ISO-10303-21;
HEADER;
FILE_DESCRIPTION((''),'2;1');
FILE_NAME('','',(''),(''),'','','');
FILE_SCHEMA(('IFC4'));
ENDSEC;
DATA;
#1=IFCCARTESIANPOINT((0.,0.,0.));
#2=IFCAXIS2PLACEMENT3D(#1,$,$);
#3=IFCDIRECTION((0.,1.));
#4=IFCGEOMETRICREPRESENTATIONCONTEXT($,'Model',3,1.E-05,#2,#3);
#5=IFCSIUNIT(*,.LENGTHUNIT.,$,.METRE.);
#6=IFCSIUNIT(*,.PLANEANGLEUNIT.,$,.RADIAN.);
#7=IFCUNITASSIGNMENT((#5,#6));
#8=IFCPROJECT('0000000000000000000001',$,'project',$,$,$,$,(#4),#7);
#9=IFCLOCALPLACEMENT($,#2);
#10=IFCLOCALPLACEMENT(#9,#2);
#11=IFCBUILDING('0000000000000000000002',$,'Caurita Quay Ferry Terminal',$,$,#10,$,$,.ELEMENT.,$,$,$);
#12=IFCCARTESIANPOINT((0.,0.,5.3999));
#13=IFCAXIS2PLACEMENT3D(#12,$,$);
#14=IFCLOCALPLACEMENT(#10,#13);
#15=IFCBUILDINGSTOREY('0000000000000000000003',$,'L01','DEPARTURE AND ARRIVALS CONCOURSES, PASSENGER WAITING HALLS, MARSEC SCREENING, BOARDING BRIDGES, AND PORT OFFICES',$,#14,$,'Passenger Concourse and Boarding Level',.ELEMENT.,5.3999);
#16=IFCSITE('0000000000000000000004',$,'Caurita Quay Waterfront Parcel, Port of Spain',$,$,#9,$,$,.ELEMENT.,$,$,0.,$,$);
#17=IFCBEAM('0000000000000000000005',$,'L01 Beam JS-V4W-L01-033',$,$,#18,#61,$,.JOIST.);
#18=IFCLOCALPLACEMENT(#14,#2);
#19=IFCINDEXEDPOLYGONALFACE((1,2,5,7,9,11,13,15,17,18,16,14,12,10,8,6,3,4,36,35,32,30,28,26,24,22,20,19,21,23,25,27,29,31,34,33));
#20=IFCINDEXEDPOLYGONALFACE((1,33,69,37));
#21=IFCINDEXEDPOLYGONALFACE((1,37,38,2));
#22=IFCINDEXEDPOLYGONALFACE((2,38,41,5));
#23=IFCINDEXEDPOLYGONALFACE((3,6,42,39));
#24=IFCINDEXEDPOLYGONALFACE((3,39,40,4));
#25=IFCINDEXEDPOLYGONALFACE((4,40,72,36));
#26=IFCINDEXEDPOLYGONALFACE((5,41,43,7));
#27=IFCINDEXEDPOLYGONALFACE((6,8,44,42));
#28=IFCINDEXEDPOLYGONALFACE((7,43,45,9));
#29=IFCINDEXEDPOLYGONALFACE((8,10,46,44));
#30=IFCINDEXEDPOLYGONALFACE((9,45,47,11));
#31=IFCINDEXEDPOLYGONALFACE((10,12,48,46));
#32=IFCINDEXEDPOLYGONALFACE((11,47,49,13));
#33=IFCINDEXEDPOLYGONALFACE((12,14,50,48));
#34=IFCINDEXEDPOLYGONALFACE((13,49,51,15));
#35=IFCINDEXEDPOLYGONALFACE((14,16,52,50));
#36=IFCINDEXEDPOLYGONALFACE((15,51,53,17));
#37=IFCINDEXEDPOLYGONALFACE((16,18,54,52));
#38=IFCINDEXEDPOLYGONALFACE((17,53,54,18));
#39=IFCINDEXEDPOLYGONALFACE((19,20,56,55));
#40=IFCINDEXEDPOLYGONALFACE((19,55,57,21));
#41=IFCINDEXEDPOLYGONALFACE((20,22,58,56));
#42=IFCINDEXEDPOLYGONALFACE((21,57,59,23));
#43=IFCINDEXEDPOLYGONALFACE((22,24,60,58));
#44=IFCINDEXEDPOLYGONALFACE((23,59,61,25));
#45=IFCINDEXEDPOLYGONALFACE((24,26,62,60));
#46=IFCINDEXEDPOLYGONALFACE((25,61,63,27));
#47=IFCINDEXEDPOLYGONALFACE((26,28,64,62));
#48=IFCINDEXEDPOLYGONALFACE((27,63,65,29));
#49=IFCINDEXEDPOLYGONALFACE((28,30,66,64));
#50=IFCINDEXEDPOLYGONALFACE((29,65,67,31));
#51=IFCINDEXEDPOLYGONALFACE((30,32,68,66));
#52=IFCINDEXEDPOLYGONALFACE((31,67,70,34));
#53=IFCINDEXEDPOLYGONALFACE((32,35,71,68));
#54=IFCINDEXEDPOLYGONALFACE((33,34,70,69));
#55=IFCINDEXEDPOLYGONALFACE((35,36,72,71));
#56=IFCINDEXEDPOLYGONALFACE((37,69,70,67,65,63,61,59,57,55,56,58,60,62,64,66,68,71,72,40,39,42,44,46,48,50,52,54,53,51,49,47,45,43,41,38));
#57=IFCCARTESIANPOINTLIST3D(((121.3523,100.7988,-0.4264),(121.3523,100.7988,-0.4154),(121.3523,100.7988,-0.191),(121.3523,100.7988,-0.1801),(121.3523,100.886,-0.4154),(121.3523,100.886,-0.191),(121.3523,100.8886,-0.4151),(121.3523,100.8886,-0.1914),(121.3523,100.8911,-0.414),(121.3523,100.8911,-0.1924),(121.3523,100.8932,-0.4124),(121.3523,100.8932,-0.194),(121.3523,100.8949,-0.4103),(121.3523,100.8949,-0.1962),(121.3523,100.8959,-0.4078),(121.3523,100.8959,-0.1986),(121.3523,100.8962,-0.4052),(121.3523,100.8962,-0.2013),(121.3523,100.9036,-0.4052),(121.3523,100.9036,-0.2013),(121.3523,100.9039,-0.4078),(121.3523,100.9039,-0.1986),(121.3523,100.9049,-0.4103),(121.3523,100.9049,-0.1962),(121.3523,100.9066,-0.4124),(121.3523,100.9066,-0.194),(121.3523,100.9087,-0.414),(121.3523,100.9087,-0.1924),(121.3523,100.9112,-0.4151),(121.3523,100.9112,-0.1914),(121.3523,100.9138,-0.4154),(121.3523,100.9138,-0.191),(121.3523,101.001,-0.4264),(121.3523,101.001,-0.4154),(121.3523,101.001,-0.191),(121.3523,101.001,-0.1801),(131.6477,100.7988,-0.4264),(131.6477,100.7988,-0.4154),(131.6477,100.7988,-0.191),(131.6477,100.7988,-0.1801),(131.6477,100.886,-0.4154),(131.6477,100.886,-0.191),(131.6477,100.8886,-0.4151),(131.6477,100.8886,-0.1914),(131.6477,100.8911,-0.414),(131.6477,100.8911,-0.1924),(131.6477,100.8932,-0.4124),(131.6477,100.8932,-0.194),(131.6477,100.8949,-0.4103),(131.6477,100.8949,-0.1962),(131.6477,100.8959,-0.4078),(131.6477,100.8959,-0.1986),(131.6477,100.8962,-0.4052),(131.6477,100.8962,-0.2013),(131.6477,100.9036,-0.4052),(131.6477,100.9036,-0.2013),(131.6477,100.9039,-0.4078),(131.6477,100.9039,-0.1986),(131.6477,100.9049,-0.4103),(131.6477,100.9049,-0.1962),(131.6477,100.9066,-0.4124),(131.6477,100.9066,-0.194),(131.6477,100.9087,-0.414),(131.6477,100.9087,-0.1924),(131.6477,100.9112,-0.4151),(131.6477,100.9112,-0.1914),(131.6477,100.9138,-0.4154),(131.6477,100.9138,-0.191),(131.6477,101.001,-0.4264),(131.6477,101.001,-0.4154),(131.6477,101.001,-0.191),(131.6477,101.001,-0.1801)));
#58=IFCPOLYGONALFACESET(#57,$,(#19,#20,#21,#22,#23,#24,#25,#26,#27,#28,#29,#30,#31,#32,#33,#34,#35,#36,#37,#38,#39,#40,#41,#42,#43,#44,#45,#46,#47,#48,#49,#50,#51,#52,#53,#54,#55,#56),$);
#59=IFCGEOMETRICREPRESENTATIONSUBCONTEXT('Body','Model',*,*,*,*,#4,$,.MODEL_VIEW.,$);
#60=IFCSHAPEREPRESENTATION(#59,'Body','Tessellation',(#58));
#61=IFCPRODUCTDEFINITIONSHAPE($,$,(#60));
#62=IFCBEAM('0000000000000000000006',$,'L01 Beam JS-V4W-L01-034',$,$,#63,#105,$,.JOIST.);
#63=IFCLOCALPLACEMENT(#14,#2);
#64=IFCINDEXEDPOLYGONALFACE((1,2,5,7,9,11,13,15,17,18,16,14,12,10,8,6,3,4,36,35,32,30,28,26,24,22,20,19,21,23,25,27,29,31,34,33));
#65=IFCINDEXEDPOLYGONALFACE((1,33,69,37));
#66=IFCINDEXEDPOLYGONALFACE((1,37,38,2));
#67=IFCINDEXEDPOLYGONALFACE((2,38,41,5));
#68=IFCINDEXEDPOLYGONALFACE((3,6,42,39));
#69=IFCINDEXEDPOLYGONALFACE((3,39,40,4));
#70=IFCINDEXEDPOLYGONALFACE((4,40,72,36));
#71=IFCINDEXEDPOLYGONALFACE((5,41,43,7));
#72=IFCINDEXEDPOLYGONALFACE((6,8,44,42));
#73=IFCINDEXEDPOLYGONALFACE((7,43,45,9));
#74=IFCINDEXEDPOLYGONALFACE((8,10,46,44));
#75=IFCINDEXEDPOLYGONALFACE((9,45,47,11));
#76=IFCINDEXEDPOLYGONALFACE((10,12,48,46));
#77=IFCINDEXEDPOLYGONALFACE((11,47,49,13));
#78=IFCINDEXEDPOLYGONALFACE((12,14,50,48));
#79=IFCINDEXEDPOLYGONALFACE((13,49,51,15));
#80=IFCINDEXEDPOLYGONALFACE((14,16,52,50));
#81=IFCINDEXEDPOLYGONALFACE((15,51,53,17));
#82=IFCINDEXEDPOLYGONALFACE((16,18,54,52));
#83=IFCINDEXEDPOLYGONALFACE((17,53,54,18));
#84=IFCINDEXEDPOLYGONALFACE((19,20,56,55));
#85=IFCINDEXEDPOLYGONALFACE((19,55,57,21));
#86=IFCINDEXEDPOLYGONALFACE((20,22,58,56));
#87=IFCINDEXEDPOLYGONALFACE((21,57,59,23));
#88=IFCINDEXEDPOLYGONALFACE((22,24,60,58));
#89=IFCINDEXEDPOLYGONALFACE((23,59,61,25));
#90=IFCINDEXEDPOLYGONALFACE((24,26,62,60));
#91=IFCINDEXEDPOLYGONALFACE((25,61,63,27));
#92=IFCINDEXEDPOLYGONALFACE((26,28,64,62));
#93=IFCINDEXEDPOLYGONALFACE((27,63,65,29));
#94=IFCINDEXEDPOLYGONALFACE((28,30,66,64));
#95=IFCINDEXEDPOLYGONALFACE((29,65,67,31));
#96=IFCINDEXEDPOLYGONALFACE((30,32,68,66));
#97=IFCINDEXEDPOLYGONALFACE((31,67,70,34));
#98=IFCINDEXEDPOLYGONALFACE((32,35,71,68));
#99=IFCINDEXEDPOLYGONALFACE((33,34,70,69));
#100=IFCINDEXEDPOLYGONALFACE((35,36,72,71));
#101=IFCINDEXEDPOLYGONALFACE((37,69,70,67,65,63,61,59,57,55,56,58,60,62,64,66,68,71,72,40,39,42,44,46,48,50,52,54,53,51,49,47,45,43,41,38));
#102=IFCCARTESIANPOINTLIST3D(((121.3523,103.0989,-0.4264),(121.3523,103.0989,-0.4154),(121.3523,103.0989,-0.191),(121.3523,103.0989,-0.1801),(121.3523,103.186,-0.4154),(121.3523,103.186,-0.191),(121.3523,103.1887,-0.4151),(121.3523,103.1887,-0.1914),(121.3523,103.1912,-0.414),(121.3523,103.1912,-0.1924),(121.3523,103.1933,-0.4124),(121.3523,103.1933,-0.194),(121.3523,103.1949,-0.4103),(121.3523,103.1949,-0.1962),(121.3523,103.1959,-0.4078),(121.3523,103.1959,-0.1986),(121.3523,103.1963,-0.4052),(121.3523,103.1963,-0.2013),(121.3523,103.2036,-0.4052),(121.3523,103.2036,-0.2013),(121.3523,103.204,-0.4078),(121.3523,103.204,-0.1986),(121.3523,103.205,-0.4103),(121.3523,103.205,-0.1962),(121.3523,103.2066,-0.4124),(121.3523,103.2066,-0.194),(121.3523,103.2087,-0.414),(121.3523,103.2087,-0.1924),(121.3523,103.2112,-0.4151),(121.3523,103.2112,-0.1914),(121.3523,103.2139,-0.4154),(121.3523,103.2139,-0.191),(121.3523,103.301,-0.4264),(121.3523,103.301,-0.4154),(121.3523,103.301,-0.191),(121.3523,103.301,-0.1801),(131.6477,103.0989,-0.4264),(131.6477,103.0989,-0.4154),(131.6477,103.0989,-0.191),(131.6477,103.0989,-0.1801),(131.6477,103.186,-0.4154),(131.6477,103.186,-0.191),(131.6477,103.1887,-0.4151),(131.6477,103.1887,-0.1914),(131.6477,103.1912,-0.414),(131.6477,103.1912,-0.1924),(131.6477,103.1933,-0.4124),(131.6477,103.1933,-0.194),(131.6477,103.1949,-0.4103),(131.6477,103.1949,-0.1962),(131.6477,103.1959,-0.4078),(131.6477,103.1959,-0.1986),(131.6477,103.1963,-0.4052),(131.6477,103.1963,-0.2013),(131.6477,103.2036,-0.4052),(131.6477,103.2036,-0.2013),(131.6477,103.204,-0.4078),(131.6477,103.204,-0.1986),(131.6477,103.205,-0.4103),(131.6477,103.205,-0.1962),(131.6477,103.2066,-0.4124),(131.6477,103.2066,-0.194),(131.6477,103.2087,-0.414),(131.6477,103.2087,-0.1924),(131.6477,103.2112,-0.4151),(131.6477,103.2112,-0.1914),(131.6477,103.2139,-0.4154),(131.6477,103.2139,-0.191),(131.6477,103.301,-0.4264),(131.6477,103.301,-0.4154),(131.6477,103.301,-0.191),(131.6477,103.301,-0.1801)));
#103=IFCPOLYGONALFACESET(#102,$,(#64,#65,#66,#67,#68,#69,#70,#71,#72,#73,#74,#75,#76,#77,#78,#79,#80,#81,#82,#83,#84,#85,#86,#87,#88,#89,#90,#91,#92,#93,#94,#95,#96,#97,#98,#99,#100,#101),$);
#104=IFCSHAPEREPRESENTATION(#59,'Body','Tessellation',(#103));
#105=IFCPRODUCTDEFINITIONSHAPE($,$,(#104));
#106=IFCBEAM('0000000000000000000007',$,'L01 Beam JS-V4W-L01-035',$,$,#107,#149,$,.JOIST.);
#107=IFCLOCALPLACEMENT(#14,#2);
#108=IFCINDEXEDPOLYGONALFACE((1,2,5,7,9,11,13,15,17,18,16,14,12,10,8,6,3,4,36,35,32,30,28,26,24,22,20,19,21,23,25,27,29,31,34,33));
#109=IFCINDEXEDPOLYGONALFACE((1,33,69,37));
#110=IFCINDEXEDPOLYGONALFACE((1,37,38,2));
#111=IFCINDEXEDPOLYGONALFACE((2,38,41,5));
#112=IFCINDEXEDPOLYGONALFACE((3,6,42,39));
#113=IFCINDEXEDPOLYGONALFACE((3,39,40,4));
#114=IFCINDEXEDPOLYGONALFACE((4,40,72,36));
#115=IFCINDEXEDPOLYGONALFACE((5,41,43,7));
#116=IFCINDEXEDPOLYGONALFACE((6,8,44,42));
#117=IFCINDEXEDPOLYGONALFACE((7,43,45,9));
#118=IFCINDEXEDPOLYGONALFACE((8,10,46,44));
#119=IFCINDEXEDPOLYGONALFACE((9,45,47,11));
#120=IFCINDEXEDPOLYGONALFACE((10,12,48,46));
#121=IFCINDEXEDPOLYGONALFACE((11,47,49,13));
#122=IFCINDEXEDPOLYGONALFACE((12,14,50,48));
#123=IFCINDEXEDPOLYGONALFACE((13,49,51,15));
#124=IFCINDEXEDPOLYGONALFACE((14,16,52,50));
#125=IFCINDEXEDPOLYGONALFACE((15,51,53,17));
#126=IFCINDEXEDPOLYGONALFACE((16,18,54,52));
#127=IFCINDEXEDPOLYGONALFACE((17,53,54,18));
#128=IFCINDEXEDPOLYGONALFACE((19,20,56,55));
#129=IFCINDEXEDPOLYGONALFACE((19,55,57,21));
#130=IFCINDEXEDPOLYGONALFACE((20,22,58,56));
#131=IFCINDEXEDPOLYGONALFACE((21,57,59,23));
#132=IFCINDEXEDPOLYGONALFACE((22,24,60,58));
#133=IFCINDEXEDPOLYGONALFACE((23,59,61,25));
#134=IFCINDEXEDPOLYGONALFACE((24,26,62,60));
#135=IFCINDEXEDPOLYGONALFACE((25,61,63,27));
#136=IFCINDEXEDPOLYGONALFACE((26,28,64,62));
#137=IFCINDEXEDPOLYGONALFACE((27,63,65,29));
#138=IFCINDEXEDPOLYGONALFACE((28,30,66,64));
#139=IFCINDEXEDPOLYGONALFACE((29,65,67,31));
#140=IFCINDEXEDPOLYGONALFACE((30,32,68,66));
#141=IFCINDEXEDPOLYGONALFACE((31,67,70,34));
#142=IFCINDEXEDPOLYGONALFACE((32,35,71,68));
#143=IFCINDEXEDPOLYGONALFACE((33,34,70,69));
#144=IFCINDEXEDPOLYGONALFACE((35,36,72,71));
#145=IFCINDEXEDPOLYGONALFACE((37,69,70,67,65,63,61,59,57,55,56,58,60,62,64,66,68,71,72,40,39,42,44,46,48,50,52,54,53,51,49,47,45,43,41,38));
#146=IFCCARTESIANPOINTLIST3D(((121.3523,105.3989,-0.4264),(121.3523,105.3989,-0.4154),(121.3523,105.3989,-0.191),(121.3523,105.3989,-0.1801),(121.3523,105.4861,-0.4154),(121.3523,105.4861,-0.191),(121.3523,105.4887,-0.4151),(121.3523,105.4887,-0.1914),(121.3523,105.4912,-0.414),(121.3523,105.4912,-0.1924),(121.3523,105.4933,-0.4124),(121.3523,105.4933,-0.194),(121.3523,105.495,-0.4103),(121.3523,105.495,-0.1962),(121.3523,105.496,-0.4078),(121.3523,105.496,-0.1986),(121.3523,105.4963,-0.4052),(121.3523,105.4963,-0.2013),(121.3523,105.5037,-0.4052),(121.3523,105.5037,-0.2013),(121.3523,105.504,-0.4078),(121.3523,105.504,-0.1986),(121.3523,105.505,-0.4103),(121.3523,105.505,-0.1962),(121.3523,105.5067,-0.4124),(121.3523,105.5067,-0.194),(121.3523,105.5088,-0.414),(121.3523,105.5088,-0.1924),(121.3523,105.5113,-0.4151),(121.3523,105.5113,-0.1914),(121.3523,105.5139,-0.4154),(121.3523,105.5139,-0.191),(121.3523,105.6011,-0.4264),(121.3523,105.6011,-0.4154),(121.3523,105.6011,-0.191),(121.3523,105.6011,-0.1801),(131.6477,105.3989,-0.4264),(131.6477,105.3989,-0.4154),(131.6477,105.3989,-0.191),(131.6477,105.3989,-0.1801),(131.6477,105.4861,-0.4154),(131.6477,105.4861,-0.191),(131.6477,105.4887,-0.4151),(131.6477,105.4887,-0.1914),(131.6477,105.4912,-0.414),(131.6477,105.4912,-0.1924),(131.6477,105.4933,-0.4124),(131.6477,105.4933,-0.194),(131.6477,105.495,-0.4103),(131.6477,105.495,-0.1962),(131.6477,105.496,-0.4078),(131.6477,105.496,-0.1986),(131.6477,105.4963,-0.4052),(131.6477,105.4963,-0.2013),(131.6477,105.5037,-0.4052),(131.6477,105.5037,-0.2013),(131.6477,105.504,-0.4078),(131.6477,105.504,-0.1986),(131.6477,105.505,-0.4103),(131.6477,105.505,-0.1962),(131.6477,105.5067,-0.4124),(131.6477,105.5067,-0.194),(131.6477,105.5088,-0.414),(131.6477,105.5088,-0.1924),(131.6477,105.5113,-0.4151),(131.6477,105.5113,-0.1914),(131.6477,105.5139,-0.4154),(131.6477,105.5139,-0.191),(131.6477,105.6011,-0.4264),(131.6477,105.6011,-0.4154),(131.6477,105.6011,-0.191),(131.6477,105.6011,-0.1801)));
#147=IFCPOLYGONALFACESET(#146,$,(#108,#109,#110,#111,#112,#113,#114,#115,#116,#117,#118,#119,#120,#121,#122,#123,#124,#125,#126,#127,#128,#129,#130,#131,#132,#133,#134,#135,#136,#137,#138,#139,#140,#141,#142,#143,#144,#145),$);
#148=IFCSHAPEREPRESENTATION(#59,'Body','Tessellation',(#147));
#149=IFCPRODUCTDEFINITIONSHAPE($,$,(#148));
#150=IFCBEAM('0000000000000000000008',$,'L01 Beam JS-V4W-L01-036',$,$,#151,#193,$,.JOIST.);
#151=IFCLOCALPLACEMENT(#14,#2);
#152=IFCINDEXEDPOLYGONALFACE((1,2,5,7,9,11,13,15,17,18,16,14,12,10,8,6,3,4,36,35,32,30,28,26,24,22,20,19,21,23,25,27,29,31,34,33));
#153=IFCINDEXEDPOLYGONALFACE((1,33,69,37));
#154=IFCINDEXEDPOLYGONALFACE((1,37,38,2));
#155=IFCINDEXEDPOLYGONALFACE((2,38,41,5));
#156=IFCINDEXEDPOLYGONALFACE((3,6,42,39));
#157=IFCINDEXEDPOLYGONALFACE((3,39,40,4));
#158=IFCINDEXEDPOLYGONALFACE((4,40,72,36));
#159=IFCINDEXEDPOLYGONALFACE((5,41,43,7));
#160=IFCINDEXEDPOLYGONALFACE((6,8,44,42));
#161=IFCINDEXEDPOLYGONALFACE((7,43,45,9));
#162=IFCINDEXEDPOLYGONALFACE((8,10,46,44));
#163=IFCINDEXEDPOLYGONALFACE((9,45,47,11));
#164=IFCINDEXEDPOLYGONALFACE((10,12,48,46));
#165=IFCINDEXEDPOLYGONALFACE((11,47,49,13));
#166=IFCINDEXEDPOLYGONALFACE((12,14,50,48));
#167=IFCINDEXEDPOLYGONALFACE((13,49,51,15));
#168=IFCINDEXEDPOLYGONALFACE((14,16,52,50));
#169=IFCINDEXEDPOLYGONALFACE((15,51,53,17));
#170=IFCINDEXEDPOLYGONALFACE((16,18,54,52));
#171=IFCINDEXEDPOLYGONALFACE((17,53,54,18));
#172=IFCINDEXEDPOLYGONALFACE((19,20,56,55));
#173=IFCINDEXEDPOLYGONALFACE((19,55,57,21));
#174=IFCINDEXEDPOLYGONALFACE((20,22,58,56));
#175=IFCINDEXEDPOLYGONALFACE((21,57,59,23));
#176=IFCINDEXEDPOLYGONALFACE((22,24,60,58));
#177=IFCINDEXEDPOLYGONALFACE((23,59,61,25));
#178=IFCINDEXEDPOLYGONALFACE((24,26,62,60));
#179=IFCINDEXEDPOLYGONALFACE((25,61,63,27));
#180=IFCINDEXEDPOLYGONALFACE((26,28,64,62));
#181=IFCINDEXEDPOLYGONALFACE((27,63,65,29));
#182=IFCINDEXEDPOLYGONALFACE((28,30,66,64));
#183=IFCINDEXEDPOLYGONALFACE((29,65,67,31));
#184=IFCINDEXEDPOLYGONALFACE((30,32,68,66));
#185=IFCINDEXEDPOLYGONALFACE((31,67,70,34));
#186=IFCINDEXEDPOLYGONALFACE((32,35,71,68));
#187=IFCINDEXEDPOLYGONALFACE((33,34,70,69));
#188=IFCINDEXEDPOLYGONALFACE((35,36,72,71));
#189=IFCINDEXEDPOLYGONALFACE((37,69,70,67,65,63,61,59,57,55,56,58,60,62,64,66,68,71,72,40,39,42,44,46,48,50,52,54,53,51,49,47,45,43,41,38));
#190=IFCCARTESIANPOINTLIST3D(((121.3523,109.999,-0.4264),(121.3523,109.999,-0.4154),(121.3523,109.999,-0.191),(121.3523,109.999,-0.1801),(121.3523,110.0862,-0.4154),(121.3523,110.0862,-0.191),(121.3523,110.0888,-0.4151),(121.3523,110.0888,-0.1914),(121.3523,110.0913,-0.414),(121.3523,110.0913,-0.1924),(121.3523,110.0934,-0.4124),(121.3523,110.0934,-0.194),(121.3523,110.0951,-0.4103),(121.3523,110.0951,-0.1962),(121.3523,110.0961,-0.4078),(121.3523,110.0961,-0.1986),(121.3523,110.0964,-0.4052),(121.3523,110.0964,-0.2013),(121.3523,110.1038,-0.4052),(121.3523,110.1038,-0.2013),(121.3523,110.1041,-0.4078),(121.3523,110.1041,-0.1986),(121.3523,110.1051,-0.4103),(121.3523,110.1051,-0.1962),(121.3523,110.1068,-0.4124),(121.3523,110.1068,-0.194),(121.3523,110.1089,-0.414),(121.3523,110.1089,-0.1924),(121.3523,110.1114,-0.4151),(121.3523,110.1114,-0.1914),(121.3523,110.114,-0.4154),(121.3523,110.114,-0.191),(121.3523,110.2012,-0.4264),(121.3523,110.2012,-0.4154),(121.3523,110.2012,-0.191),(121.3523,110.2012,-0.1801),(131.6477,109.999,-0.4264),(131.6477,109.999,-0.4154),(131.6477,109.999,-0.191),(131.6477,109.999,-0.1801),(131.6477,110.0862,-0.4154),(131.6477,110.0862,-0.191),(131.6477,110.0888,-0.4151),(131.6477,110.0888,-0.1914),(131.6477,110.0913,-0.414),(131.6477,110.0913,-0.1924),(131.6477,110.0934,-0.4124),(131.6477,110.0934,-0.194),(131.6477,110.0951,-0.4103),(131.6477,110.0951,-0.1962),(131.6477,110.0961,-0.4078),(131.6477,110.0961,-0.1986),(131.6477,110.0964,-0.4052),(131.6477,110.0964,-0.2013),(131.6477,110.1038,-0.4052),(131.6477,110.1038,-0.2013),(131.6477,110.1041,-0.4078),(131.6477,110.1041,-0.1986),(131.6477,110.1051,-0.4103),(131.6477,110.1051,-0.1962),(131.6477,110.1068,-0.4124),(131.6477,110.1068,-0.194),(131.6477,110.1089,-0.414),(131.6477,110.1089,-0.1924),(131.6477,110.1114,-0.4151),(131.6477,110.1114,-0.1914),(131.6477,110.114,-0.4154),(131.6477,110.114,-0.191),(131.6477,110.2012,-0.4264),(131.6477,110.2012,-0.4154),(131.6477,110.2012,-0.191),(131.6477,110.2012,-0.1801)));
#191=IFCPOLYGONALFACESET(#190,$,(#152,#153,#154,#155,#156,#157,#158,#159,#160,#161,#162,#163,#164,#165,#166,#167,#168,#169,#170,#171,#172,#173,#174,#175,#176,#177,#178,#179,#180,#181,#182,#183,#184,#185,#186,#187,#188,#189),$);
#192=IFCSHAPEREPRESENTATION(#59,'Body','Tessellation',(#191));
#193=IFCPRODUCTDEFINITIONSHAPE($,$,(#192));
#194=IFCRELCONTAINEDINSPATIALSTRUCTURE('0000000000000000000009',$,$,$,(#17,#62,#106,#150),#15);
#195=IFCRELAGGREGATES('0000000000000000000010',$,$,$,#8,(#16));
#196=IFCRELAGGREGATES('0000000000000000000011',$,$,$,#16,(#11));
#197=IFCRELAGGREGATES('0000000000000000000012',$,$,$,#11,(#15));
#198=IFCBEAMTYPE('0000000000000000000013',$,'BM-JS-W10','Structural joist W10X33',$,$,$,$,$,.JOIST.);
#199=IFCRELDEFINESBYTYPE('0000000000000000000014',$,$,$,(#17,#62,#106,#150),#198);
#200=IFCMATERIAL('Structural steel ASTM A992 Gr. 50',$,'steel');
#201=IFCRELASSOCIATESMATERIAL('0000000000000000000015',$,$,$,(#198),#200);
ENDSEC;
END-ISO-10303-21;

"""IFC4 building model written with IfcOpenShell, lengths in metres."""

from ifc_helpers import new_model, si_unit, direction, frame, origin, origin_2d, place, context, subcontext, project, spatial, i_section, extrude, material, material_profile, profile_set, type_object, element, save


model = new_model("IFC4")

# Units and contexts
model_context = context("Model", 3, precision=1e-05, world=origin(), true_north=direction((0.0, 1.0)))
body_context = subcontext(model_context, "Body", "Model", "MODEL_VIEW")
ifc_project = project(units=[si_unit("LENGTHUNIT", "METRE"), si_unit("PLANEANGLEUNIT", "RADIAN")], contexts=[model_context])

# Site, building, storey
site_placement = place(None, origin())
site = spatial("IfcSite", under=ifc_project, at=site_placement, Name="Caurita Quay Waterfront Parcel, Port of Spain", CompositionType="ELEMENT", RefElevation=0.0)
building_placement = place(site_placement, origin())
building = spatial("IfcBuilding", under=site, at=building_placement, Name="Caurita Quay Ferry Terminal", CompositionType="ELEMENT")
storey_placement = place(building_placement, frame((0.0, 0.0, 5.3999)))
storey = spatial("IfcBuildingStorey", under=building, at=storey_placement, Name="L01", Description="DEPARTURE AND ARRIVALS CONCOURSES, PASSENGER WAITING HALLS, MARSEC SCREENING, BOARDING BRIDGES, AND PORT OFFICES", LongName="Passenger Concourse and Boarding Level", CompositionType="ELEMENT", Elevation=5.3999)

# Beams
ifc_material_1 = material(Name="Structural steel ASTM A992 Gr. 50", Category="steel")
ifc_material_profile_1 = material_profile(ifc_material_1, i_section(OverallWidth=0.2021, OverallDepth=0.2463, WebThickness=0.0073, FlangeThickness=0.011, FilletRadius=0.0103, at=origin_2d()), Name="W10X33")
ifc_profile_set_1 = profile_set([ifc_material_profile_1], Name="Structural steel ASTM A992 Gr. 50")
beam_type_1 = type_object("IfcBeamType", Name="BM-JS-W10", Description="Structural joist W10X33", PredefinedType="JOIST", material=ifc_profile_set_1)
for number, where, z_axis, x_axis, name in (
    (1, (121.3523, 100.8999, -0.3032), (1.0, 0.0, 0.0), (0.0, 1.0, 0.0), "L01 Beam JS-V4W-L01-033"),
    (2, (121.3523, 103.2, -0.3032), (1.0, 0.0, 0.0), (0.0, 1.0, 0.0), "L01 Beam JS-V4W-L01-034"),
    (3, (121.3523, 105.5, -0.3032), (1.0, 0.0, 0.0), (0.0, 1.0, 0.0), "L01 Beam JS-V4W-L01-035"),
    (4, (121.3523, 110.1001, -0.3032), (1.0, 0.0, 0.0), (0.0, 1.0, 0.0), "L01 Beam JS-V4W-L01-036"),
):
    element("IfcBeam", number, at=place(storey_placement, frame(where, z_axis=z_axis, x_axis=x_axis)), inside=storey, type_object=beam_type_1, Name=name, PredefinedType="JOIST", context=body_context, shape_type="SweptSolid", body=[
        extrude(i_section(OverallWidth=0.2021, OverallDepth=0.2463, WebThickness=0.0073, FlangeThickness=0.011, FilletRadius=0.0103, at=origin_2d()), origin(), (0.0, 0.0, 1.0), 10.2954),
    ])

save(model, "model.ifc")
